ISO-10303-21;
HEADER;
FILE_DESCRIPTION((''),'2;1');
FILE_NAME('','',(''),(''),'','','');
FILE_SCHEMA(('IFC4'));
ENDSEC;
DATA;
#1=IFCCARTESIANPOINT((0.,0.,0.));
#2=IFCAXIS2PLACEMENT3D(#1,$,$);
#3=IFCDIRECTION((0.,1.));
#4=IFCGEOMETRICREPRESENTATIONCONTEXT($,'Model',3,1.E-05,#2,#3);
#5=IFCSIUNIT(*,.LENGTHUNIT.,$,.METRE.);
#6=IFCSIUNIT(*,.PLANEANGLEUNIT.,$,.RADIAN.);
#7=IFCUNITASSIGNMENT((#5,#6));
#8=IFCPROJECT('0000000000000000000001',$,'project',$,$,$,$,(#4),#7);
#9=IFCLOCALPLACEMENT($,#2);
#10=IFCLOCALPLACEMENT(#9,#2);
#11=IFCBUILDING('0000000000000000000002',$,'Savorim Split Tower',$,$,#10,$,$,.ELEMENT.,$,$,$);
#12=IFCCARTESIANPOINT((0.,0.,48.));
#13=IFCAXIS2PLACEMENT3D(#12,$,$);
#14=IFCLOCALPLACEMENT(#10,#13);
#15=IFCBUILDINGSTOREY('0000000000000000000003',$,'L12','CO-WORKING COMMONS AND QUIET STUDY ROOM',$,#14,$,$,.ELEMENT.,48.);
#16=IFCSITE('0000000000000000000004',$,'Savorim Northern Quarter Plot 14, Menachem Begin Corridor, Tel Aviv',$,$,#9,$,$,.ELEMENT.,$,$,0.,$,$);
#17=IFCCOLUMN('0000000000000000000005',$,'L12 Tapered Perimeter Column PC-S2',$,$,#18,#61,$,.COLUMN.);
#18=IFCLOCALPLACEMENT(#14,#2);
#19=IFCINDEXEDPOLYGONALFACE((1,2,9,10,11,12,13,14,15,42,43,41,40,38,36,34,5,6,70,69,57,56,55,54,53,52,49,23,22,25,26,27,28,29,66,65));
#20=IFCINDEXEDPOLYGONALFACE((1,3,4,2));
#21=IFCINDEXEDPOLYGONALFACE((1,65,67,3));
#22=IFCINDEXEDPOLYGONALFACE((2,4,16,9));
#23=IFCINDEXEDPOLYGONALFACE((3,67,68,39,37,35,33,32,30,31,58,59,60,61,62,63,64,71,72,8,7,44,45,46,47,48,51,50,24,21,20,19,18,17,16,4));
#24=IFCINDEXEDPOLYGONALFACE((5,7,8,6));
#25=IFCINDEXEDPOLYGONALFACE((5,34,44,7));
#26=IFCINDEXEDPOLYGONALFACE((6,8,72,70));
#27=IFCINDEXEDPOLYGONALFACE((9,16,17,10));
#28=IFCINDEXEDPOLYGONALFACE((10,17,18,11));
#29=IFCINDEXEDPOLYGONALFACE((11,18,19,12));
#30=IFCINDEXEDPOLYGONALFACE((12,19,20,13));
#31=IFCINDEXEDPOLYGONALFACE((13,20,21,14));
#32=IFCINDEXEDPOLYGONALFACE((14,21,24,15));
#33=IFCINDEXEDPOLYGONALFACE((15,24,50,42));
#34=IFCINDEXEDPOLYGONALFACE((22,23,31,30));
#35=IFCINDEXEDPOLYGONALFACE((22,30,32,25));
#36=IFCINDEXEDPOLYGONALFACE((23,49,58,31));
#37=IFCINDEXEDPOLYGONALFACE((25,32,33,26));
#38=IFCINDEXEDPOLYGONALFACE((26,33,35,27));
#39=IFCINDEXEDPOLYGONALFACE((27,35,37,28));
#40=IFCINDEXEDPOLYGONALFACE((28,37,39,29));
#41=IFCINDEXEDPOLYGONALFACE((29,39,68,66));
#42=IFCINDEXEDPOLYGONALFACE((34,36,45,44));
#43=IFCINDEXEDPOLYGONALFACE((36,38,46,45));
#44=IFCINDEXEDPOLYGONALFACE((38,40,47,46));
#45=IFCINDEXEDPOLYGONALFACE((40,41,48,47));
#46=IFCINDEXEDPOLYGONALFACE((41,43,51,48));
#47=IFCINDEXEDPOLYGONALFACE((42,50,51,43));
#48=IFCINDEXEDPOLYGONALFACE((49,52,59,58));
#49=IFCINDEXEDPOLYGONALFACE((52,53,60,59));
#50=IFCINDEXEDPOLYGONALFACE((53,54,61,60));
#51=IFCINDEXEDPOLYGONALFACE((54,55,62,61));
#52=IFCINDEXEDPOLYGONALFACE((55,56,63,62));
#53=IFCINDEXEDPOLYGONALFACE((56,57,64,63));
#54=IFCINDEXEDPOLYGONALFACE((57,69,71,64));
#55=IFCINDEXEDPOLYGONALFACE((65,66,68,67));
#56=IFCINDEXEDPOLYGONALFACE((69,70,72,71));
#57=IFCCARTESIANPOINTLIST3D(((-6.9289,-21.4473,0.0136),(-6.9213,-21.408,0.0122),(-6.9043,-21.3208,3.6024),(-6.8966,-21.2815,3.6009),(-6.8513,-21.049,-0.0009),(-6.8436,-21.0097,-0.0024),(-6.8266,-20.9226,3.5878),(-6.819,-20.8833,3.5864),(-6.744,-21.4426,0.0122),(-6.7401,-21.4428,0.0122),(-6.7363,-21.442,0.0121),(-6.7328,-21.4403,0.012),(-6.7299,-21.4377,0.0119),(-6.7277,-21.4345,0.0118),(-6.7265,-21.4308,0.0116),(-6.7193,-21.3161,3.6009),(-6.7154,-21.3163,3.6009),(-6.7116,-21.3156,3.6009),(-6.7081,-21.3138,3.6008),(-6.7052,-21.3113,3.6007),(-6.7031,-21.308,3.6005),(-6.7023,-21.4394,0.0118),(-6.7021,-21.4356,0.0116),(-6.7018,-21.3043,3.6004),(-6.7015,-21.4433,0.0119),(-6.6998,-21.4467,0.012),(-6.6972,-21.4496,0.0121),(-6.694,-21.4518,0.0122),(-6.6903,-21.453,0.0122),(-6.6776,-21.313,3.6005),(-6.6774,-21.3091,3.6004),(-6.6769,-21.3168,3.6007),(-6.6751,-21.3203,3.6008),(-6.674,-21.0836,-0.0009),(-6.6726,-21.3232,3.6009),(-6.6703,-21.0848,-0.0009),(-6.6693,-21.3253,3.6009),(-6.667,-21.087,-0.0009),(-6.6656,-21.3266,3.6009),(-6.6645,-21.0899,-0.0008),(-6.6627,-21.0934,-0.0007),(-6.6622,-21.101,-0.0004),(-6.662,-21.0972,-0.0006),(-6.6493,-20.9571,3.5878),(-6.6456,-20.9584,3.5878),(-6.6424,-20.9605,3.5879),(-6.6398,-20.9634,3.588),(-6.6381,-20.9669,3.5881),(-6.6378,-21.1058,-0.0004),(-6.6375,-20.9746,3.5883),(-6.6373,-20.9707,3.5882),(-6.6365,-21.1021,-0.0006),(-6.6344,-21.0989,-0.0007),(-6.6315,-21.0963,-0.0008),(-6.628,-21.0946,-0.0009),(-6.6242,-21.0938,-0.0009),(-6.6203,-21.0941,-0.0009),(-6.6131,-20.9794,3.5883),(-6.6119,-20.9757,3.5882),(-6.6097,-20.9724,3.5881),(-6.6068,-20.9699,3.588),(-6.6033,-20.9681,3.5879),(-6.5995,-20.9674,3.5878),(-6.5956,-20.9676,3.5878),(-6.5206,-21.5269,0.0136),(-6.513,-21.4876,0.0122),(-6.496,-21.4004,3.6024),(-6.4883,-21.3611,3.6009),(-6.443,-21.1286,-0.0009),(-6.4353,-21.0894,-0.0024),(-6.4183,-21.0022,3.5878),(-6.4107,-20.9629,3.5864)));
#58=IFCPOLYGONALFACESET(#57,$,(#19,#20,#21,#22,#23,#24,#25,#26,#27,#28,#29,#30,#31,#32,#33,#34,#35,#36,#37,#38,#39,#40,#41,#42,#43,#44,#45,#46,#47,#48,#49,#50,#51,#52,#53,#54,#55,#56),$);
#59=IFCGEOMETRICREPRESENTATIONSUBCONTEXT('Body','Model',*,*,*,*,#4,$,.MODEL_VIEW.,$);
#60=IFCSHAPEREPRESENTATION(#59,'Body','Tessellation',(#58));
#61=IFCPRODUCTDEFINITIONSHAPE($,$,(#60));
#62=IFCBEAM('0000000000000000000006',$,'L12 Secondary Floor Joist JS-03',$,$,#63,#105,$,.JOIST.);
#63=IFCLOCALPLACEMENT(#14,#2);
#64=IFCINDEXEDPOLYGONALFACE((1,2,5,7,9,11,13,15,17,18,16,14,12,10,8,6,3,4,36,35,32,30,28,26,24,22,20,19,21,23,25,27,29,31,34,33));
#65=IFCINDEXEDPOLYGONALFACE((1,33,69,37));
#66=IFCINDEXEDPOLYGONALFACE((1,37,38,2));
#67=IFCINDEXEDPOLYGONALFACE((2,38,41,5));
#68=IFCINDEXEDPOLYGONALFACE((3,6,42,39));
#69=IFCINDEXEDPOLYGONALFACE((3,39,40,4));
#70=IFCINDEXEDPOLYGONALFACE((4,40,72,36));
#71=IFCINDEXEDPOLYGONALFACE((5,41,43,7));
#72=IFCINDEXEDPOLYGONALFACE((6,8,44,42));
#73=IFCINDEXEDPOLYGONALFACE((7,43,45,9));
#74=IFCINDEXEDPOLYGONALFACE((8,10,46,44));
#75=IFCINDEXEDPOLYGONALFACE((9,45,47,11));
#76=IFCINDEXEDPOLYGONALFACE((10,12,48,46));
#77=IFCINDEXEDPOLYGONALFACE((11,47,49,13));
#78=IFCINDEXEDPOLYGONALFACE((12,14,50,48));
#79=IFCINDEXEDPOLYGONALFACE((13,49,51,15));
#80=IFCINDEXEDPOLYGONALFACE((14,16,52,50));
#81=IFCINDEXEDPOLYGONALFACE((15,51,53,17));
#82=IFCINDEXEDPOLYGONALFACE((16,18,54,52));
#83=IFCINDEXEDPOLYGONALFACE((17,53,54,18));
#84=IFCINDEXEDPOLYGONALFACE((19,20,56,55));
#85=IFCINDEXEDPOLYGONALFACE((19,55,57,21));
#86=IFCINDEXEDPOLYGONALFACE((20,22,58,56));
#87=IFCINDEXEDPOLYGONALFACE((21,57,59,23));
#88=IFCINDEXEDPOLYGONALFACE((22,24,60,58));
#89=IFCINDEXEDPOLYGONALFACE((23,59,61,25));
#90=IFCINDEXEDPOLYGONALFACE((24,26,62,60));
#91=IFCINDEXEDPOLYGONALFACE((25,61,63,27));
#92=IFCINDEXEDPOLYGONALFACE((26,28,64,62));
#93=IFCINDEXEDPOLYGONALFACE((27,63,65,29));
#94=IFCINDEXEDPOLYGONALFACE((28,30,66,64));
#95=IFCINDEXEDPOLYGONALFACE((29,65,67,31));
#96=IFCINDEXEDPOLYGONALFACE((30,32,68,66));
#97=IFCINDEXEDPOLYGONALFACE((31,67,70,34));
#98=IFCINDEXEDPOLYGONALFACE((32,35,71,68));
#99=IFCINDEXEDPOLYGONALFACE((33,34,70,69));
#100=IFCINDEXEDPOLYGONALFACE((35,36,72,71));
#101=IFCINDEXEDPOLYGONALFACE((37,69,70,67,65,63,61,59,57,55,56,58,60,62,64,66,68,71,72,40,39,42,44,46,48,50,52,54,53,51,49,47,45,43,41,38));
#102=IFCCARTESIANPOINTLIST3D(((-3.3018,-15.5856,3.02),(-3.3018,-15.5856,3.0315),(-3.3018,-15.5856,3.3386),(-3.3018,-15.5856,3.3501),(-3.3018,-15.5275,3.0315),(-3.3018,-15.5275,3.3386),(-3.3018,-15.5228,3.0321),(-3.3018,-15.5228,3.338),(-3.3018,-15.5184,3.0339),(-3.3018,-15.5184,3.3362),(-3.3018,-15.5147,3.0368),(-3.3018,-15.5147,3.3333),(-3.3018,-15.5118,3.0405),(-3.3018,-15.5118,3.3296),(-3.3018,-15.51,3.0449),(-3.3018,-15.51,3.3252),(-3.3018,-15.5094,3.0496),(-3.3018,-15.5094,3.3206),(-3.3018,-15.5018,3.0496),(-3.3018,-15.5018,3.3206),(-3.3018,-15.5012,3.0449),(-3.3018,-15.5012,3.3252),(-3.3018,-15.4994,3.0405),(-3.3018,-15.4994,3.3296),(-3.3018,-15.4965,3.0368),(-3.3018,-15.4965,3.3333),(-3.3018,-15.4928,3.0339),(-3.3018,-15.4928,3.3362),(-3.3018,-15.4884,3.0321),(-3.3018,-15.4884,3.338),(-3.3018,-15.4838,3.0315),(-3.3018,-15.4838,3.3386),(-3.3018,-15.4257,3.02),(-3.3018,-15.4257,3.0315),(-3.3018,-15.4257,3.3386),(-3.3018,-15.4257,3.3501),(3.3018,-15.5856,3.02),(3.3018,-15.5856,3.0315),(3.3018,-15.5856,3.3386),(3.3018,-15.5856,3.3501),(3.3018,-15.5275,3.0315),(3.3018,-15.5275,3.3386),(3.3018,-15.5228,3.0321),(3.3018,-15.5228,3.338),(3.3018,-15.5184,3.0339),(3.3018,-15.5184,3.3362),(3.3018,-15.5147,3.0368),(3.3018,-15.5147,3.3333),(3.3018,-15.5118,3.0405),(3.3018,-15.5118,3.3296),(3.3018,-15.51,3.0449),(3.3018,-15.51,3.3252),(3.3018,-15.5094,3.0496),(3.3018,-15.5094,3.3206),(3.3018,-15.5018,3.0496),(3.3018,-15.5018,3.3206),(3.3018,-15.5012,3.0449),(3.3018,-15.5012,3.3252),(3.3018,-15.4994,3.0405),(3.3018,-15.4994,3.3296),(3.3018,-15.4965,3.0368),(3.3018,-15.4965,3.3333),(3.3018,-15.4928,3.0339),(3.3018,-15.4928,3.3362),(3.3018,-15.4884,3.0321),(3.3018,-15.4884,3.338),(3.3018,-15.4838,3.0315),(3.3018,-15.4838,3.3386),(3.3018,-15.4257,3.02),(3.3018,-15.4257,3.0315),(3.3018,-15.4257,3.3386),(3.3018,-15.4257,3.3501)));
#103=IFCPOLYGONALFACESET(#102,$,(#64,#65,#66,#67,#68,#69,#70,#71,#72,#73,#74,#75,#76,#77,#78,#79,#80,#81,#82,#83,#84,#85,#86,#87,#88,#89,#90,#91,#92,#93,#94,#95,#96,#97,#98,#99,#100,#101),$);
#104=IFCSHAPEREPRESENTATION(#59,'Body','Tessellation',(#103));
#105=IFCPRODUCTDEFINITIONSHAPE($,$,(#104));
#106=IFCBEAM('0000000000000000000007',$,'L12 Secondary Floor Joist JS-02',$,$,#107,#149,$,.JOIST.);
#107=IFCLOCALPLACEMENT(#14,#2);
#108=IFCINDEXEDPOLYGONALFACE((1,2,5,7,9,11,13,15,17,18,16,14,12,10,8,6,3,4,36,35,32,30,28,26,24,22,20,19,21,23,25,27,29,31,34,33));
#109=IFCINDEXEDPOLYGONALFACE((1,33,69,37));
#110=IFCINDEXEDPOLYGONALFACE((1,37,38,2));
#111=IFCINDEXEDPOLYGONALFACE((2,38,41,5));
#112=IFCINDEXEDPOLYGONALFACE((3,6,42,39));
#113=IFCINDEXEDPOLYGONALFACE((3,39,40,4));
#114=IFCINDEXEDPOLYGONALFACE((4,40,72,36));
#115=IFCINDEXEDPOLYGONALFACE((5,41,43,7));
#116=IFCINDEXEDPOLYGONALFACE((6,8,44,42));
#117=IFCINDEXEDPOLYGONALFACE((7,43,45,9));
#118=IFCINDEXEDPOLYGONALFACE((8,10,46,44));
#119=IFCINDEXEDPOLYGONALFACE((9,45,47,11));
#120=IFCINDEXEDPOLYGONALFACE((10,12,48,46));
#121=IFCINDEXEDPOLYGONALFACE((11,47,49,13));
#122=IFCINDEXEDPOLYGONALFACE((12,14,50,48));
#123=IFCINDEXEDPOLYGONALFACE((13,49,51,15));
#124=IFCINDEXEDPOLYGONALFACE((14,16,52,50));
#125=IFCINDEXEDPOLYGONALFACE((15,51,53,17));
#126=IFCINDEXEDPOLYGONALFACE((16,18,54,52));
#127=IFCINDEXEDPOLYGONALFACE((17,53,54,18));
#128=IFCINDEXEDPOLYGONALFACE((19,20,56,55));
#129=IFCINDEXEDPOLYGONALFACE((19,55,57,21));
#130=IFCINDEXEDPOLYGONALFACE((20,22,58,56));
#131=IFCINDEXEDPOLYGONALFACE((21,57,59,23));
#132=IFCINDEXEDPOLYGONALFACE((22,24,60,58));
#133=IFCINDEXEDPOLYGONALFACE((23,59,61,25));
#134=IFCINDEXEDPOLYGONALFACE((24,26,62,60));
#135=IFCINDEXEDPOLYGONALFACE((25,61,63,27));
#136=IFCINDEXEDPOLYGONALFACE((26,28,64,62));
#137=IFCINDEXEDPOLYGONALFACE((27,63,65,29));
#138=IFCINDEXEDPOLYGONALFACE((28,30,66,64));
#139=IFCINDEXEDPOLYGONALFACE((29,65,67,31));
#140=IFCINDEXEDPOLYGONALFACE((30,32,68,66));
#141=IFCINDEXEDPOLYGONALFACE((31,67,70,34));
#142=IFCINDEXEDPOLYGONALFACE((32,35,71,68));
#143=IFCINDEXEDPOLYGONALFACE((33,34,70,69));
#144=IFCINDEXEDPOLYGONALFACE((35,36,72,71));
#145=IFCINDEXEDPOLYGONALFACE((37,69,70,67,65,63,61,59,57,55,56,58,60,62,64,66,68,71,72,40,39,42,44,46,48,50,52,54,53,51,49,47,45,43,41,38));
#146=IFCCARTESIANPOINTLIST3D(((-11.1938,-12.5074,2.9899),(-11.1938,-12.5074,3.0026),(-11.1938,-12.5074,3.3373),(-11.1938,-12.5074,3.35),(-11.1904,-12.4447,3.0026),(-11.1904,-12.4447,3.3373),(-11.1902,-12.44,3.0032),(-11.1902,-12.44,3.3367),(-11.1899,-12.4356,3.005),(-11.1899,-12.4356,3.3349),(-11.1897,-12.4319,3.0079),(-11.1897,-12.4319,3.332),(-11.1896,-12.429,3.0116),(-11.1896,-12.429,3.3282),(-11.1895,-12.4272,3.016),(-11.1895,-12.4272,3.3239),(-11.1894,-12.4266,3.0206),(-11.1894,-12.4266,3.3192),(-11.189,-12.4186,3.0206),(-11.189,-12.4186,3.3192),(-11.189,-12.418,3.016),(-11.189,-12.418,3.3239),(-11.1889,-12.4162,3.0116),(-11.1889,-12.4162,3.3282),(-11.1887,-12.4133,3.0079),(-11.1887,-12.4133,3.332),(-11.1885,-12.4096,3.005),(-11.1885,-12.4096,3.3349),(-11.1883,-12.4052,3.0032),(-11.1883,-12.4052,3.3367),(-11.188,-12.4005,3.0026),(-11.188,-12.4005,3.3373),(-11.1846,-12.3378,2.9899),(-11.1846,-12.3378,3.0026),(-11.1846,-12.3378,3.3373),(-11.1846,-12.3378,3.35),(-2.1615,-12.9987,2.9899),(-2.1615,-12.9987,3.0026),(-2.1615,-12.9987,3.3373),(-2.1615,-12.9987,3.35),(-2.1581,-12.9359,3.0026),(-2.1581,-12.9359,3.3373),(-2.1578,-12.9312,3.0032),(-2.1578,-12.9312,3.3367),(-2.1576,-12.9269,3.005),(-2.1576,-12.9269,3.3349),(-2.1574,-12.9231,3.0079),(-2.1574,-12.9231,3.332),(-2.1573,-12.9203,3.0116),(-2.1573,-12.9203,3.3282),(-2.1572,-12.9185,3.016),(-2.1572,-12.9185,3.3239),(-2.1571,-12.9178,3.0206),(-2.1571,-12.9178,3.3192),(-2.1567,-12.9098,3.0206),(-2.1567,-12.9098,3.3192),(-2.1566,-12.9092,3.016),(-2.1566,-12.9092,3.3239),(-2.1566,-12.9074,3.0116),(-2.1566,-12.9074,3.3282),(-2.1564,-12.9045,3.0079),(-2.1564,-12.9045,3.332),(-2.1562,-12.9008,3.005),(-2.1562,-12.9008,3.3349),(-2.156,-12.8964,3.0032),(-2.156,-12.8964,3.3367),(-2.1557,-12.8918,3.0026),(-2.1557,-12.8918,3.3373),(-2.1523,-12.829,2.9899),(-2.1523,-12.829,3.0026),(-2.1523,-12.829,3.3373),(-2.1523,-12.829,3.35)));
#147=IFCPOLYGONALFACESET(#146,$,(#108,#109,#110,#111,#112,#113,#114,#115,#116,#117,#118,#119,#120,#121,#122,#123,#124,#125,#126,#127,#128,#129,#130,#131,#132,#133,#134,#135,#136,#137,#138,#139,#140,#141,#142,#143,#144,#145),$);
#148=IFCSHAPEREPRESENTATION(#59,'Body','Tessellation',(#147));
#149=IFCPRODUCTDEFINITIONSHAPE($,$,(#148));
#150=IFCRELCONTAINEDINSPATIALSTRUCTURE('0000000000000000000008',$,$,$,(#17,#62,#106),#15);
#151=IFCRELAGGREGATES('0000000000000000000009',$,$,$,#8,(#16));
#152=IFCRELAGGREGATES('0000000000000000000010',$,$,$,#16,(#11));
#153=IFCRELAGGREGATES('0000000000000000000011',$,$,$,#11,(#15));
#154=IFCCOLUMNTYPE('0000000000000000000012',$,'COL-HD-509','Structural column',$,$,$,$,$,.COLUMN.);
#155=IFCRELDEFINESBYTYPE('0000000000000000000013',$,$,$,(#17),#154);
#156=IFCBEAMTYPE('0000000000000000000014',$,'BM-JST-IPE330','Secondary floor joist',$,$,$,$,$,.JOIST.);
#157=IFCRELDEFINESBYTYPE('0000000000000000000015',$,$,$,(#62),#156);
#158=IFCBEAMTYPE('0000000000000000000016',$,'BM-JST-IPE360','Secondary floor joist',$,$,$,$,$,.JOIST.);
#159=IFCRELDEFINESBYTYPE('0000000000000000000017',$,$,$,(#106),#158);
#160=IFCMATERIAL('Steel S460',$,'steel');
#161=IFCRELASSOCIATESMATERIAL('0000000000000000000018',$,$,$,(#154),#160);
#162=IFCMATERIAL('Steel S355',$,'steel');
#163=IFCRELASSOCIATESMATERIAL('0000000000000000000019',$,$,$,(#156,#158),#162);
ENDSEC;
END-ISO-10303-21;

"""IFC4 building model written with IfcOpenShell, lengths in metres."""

from ifc_helpers import new_model, si_unit, direction, frame, origin, origin_2d, place, context, subcontext, project, spatial, i_section, extrude, material, material_profile, profile_set, type_object, element, save


model = new_model("IFC4")

# Units and contexts
model_context = context("Model", 3, precision=1e-05, world=origin(), true_north=direction((0.0, 1.0)))
body_context = subcontext(model_context, "Body", "Model", "MODEL_VIEW")
ifc_project = project(units=[si_unit("LENGTHUNIT", "METRE"), si_unit("PLANEANGLEUNIT", "RADIAN")], contexts=[model_context])

# Site, building, storey
site_placement = place(None, origin())
site = spatial("IfcSite", under=ifc_project, at=site_placement, Name="Savorim Northern Quarter Plot 14, Menachem Begin Corridor, Tel Aviv", CompositionType="ELEMENT", RefElevation=0.0)
building_placement = place(site_placement, origin())
building = spatial("IfcBuilding", under=site, at=building_placement, Name="Savorim Split Tower", CompositionType="ELEMENT")
storey_placement = place(building_placement, frame((0.0, 0.0, 48.0)))
storey = spatial("IfcBuildingStorey", under=building, at=storey_placement, Name="L12", Description="CO-WORKING COMMONS AND QUIET STUDY ROOM", CompositionType="ELEMENT", Elevation=48.0)

# Column
ifc_material_1 = material(Name="Steel S460", Category="steel")
ifc_material_profile_1 = material_profile(ifc_material_1, i_section(OverallWidth=0.416, OverallDepth=0.446, WebThickness=0.0249, FlangeThickness=0.04, FilletRadius=0.0149, at=origin_2d()), Name="HD 400x509")
ifc_profile_set_1 = profile_set([ifc_material_profile_1], Name="Steel S460")
column_type = type_object("IfcColumnType", Name="COL-HD-509", Description="Structural column", PredefinedType="COLUMN", material=ifc_profile_set_1)
column_placement = place(storey_placement, frame((-6.6821, -21.2683, 0.0056), z_axis=(0.006866, 0.035215, 0.999356), x_axis=(-0.981517, 0.191377, 0.0)))
element("IfcColumn", 1, at=column_placement, inside=storey, type_object=column_type, Name="L12 Tapered Perimeter Column PC-S2", PredefinedType="COLUMN", context=body_context, shape_type="SweptSolid", body=[
    extrude(i_section(OverallWidth=0.416, OverallDepth=0.446, WebThickness=0.0249, FlangeThickness=0.04, FilletRadius=0.0149, at=origin_2d()), origin(), (0.0, 0.0, 1.0), 3.5911),
])

# Beams
ifc_material_2 = material(Name="Steel S355", Category="steel")
ifc_material_profile_2 = material_profile(ifc_material_2, i_section(OverallWidth=0.1599, OverallDepth=0.3301, WebThickness=0.0076, FlangeThickness=0.0115, FilletRadius=0.0181, at=origin_2d()), Name="IPE 330")
ifc_profile_set_2 = profile_set([ifc_material_profile_2], Name="Steel S355")
beam_type_1 = type_object("IfcBeamType", Name="BM-JST-IPE330", Description="Secondary floor joist", PredefinedType="JOIST", material=ifc_profile_set_2)
beam_1_placement = place(storey_placement, frame((-3.3018, -15.5056, 3.1851), z_axis=(1.0, 0.0, 0.0), x_axis=(0.0, 1.0, 0.0)))
element("IfcBeam", 2, at=beam_1_placement, inside=storey, type_object=beam_type_1, Name="L12 Secondary Floor Joist JS-03", PredefinedType="JOIST", context=body_context, shape_type="SweptSolid", body=[
    extrude(i_section(OverallWidth=0.1599, OverallDepth=0.3301, WebThickness=0.0076, FlangeThickness=0.0115, FilletRadius=0.0181, at=origin_2d()), origin(), (0.0, 0.0, 1.0), 6.6035),
])
ifc_material_profile_3 = material_profile(ifc_material_2, i_section(OverallWidth=0.1699, OverallDepth=0.3601, WebThickness=0.0081, FlangeThickness=0.0127, FilletRadius=0.0181, at=origin_2d()), Name="IPE 360")
ifc_profile_set_3 = profile_set([ifc_material_profile_3], Name="Steel S355")
beam_type_2 = type_object("IfcBeamType", Name="BM-JST-IPE360", Description="Secondary floor joist", PredefinedType="JOIST", material=ifc_profile_set_3)
beam_2_placement = place(storey_placement, frame((-11.1892, -12.4226, 3.1699), z_axis=(0.998524, -0.054304, 0.0), x_axis=(0.054304, 0.998524, 0.0)))
element("IfcBeam", 3, at=beam_2_placement, inside=storey, type_object=beam_type_2, Name="L12 Secondary Floor Joist JS-02", PredefinedType="JOIST", context=body_context, shape_type="SweptSolid", body=[
    extrude(i_section(OverallWidth=0.1699, OverallDepth=0.3601, WebThickness=0.0081, FlangeThickness=0.0127, FilletRadius=0.0181, at=origin_2d()), origin(), (0.0, 0.0, 1.0), 9.0457),
])

save(model, "model.ifc")
